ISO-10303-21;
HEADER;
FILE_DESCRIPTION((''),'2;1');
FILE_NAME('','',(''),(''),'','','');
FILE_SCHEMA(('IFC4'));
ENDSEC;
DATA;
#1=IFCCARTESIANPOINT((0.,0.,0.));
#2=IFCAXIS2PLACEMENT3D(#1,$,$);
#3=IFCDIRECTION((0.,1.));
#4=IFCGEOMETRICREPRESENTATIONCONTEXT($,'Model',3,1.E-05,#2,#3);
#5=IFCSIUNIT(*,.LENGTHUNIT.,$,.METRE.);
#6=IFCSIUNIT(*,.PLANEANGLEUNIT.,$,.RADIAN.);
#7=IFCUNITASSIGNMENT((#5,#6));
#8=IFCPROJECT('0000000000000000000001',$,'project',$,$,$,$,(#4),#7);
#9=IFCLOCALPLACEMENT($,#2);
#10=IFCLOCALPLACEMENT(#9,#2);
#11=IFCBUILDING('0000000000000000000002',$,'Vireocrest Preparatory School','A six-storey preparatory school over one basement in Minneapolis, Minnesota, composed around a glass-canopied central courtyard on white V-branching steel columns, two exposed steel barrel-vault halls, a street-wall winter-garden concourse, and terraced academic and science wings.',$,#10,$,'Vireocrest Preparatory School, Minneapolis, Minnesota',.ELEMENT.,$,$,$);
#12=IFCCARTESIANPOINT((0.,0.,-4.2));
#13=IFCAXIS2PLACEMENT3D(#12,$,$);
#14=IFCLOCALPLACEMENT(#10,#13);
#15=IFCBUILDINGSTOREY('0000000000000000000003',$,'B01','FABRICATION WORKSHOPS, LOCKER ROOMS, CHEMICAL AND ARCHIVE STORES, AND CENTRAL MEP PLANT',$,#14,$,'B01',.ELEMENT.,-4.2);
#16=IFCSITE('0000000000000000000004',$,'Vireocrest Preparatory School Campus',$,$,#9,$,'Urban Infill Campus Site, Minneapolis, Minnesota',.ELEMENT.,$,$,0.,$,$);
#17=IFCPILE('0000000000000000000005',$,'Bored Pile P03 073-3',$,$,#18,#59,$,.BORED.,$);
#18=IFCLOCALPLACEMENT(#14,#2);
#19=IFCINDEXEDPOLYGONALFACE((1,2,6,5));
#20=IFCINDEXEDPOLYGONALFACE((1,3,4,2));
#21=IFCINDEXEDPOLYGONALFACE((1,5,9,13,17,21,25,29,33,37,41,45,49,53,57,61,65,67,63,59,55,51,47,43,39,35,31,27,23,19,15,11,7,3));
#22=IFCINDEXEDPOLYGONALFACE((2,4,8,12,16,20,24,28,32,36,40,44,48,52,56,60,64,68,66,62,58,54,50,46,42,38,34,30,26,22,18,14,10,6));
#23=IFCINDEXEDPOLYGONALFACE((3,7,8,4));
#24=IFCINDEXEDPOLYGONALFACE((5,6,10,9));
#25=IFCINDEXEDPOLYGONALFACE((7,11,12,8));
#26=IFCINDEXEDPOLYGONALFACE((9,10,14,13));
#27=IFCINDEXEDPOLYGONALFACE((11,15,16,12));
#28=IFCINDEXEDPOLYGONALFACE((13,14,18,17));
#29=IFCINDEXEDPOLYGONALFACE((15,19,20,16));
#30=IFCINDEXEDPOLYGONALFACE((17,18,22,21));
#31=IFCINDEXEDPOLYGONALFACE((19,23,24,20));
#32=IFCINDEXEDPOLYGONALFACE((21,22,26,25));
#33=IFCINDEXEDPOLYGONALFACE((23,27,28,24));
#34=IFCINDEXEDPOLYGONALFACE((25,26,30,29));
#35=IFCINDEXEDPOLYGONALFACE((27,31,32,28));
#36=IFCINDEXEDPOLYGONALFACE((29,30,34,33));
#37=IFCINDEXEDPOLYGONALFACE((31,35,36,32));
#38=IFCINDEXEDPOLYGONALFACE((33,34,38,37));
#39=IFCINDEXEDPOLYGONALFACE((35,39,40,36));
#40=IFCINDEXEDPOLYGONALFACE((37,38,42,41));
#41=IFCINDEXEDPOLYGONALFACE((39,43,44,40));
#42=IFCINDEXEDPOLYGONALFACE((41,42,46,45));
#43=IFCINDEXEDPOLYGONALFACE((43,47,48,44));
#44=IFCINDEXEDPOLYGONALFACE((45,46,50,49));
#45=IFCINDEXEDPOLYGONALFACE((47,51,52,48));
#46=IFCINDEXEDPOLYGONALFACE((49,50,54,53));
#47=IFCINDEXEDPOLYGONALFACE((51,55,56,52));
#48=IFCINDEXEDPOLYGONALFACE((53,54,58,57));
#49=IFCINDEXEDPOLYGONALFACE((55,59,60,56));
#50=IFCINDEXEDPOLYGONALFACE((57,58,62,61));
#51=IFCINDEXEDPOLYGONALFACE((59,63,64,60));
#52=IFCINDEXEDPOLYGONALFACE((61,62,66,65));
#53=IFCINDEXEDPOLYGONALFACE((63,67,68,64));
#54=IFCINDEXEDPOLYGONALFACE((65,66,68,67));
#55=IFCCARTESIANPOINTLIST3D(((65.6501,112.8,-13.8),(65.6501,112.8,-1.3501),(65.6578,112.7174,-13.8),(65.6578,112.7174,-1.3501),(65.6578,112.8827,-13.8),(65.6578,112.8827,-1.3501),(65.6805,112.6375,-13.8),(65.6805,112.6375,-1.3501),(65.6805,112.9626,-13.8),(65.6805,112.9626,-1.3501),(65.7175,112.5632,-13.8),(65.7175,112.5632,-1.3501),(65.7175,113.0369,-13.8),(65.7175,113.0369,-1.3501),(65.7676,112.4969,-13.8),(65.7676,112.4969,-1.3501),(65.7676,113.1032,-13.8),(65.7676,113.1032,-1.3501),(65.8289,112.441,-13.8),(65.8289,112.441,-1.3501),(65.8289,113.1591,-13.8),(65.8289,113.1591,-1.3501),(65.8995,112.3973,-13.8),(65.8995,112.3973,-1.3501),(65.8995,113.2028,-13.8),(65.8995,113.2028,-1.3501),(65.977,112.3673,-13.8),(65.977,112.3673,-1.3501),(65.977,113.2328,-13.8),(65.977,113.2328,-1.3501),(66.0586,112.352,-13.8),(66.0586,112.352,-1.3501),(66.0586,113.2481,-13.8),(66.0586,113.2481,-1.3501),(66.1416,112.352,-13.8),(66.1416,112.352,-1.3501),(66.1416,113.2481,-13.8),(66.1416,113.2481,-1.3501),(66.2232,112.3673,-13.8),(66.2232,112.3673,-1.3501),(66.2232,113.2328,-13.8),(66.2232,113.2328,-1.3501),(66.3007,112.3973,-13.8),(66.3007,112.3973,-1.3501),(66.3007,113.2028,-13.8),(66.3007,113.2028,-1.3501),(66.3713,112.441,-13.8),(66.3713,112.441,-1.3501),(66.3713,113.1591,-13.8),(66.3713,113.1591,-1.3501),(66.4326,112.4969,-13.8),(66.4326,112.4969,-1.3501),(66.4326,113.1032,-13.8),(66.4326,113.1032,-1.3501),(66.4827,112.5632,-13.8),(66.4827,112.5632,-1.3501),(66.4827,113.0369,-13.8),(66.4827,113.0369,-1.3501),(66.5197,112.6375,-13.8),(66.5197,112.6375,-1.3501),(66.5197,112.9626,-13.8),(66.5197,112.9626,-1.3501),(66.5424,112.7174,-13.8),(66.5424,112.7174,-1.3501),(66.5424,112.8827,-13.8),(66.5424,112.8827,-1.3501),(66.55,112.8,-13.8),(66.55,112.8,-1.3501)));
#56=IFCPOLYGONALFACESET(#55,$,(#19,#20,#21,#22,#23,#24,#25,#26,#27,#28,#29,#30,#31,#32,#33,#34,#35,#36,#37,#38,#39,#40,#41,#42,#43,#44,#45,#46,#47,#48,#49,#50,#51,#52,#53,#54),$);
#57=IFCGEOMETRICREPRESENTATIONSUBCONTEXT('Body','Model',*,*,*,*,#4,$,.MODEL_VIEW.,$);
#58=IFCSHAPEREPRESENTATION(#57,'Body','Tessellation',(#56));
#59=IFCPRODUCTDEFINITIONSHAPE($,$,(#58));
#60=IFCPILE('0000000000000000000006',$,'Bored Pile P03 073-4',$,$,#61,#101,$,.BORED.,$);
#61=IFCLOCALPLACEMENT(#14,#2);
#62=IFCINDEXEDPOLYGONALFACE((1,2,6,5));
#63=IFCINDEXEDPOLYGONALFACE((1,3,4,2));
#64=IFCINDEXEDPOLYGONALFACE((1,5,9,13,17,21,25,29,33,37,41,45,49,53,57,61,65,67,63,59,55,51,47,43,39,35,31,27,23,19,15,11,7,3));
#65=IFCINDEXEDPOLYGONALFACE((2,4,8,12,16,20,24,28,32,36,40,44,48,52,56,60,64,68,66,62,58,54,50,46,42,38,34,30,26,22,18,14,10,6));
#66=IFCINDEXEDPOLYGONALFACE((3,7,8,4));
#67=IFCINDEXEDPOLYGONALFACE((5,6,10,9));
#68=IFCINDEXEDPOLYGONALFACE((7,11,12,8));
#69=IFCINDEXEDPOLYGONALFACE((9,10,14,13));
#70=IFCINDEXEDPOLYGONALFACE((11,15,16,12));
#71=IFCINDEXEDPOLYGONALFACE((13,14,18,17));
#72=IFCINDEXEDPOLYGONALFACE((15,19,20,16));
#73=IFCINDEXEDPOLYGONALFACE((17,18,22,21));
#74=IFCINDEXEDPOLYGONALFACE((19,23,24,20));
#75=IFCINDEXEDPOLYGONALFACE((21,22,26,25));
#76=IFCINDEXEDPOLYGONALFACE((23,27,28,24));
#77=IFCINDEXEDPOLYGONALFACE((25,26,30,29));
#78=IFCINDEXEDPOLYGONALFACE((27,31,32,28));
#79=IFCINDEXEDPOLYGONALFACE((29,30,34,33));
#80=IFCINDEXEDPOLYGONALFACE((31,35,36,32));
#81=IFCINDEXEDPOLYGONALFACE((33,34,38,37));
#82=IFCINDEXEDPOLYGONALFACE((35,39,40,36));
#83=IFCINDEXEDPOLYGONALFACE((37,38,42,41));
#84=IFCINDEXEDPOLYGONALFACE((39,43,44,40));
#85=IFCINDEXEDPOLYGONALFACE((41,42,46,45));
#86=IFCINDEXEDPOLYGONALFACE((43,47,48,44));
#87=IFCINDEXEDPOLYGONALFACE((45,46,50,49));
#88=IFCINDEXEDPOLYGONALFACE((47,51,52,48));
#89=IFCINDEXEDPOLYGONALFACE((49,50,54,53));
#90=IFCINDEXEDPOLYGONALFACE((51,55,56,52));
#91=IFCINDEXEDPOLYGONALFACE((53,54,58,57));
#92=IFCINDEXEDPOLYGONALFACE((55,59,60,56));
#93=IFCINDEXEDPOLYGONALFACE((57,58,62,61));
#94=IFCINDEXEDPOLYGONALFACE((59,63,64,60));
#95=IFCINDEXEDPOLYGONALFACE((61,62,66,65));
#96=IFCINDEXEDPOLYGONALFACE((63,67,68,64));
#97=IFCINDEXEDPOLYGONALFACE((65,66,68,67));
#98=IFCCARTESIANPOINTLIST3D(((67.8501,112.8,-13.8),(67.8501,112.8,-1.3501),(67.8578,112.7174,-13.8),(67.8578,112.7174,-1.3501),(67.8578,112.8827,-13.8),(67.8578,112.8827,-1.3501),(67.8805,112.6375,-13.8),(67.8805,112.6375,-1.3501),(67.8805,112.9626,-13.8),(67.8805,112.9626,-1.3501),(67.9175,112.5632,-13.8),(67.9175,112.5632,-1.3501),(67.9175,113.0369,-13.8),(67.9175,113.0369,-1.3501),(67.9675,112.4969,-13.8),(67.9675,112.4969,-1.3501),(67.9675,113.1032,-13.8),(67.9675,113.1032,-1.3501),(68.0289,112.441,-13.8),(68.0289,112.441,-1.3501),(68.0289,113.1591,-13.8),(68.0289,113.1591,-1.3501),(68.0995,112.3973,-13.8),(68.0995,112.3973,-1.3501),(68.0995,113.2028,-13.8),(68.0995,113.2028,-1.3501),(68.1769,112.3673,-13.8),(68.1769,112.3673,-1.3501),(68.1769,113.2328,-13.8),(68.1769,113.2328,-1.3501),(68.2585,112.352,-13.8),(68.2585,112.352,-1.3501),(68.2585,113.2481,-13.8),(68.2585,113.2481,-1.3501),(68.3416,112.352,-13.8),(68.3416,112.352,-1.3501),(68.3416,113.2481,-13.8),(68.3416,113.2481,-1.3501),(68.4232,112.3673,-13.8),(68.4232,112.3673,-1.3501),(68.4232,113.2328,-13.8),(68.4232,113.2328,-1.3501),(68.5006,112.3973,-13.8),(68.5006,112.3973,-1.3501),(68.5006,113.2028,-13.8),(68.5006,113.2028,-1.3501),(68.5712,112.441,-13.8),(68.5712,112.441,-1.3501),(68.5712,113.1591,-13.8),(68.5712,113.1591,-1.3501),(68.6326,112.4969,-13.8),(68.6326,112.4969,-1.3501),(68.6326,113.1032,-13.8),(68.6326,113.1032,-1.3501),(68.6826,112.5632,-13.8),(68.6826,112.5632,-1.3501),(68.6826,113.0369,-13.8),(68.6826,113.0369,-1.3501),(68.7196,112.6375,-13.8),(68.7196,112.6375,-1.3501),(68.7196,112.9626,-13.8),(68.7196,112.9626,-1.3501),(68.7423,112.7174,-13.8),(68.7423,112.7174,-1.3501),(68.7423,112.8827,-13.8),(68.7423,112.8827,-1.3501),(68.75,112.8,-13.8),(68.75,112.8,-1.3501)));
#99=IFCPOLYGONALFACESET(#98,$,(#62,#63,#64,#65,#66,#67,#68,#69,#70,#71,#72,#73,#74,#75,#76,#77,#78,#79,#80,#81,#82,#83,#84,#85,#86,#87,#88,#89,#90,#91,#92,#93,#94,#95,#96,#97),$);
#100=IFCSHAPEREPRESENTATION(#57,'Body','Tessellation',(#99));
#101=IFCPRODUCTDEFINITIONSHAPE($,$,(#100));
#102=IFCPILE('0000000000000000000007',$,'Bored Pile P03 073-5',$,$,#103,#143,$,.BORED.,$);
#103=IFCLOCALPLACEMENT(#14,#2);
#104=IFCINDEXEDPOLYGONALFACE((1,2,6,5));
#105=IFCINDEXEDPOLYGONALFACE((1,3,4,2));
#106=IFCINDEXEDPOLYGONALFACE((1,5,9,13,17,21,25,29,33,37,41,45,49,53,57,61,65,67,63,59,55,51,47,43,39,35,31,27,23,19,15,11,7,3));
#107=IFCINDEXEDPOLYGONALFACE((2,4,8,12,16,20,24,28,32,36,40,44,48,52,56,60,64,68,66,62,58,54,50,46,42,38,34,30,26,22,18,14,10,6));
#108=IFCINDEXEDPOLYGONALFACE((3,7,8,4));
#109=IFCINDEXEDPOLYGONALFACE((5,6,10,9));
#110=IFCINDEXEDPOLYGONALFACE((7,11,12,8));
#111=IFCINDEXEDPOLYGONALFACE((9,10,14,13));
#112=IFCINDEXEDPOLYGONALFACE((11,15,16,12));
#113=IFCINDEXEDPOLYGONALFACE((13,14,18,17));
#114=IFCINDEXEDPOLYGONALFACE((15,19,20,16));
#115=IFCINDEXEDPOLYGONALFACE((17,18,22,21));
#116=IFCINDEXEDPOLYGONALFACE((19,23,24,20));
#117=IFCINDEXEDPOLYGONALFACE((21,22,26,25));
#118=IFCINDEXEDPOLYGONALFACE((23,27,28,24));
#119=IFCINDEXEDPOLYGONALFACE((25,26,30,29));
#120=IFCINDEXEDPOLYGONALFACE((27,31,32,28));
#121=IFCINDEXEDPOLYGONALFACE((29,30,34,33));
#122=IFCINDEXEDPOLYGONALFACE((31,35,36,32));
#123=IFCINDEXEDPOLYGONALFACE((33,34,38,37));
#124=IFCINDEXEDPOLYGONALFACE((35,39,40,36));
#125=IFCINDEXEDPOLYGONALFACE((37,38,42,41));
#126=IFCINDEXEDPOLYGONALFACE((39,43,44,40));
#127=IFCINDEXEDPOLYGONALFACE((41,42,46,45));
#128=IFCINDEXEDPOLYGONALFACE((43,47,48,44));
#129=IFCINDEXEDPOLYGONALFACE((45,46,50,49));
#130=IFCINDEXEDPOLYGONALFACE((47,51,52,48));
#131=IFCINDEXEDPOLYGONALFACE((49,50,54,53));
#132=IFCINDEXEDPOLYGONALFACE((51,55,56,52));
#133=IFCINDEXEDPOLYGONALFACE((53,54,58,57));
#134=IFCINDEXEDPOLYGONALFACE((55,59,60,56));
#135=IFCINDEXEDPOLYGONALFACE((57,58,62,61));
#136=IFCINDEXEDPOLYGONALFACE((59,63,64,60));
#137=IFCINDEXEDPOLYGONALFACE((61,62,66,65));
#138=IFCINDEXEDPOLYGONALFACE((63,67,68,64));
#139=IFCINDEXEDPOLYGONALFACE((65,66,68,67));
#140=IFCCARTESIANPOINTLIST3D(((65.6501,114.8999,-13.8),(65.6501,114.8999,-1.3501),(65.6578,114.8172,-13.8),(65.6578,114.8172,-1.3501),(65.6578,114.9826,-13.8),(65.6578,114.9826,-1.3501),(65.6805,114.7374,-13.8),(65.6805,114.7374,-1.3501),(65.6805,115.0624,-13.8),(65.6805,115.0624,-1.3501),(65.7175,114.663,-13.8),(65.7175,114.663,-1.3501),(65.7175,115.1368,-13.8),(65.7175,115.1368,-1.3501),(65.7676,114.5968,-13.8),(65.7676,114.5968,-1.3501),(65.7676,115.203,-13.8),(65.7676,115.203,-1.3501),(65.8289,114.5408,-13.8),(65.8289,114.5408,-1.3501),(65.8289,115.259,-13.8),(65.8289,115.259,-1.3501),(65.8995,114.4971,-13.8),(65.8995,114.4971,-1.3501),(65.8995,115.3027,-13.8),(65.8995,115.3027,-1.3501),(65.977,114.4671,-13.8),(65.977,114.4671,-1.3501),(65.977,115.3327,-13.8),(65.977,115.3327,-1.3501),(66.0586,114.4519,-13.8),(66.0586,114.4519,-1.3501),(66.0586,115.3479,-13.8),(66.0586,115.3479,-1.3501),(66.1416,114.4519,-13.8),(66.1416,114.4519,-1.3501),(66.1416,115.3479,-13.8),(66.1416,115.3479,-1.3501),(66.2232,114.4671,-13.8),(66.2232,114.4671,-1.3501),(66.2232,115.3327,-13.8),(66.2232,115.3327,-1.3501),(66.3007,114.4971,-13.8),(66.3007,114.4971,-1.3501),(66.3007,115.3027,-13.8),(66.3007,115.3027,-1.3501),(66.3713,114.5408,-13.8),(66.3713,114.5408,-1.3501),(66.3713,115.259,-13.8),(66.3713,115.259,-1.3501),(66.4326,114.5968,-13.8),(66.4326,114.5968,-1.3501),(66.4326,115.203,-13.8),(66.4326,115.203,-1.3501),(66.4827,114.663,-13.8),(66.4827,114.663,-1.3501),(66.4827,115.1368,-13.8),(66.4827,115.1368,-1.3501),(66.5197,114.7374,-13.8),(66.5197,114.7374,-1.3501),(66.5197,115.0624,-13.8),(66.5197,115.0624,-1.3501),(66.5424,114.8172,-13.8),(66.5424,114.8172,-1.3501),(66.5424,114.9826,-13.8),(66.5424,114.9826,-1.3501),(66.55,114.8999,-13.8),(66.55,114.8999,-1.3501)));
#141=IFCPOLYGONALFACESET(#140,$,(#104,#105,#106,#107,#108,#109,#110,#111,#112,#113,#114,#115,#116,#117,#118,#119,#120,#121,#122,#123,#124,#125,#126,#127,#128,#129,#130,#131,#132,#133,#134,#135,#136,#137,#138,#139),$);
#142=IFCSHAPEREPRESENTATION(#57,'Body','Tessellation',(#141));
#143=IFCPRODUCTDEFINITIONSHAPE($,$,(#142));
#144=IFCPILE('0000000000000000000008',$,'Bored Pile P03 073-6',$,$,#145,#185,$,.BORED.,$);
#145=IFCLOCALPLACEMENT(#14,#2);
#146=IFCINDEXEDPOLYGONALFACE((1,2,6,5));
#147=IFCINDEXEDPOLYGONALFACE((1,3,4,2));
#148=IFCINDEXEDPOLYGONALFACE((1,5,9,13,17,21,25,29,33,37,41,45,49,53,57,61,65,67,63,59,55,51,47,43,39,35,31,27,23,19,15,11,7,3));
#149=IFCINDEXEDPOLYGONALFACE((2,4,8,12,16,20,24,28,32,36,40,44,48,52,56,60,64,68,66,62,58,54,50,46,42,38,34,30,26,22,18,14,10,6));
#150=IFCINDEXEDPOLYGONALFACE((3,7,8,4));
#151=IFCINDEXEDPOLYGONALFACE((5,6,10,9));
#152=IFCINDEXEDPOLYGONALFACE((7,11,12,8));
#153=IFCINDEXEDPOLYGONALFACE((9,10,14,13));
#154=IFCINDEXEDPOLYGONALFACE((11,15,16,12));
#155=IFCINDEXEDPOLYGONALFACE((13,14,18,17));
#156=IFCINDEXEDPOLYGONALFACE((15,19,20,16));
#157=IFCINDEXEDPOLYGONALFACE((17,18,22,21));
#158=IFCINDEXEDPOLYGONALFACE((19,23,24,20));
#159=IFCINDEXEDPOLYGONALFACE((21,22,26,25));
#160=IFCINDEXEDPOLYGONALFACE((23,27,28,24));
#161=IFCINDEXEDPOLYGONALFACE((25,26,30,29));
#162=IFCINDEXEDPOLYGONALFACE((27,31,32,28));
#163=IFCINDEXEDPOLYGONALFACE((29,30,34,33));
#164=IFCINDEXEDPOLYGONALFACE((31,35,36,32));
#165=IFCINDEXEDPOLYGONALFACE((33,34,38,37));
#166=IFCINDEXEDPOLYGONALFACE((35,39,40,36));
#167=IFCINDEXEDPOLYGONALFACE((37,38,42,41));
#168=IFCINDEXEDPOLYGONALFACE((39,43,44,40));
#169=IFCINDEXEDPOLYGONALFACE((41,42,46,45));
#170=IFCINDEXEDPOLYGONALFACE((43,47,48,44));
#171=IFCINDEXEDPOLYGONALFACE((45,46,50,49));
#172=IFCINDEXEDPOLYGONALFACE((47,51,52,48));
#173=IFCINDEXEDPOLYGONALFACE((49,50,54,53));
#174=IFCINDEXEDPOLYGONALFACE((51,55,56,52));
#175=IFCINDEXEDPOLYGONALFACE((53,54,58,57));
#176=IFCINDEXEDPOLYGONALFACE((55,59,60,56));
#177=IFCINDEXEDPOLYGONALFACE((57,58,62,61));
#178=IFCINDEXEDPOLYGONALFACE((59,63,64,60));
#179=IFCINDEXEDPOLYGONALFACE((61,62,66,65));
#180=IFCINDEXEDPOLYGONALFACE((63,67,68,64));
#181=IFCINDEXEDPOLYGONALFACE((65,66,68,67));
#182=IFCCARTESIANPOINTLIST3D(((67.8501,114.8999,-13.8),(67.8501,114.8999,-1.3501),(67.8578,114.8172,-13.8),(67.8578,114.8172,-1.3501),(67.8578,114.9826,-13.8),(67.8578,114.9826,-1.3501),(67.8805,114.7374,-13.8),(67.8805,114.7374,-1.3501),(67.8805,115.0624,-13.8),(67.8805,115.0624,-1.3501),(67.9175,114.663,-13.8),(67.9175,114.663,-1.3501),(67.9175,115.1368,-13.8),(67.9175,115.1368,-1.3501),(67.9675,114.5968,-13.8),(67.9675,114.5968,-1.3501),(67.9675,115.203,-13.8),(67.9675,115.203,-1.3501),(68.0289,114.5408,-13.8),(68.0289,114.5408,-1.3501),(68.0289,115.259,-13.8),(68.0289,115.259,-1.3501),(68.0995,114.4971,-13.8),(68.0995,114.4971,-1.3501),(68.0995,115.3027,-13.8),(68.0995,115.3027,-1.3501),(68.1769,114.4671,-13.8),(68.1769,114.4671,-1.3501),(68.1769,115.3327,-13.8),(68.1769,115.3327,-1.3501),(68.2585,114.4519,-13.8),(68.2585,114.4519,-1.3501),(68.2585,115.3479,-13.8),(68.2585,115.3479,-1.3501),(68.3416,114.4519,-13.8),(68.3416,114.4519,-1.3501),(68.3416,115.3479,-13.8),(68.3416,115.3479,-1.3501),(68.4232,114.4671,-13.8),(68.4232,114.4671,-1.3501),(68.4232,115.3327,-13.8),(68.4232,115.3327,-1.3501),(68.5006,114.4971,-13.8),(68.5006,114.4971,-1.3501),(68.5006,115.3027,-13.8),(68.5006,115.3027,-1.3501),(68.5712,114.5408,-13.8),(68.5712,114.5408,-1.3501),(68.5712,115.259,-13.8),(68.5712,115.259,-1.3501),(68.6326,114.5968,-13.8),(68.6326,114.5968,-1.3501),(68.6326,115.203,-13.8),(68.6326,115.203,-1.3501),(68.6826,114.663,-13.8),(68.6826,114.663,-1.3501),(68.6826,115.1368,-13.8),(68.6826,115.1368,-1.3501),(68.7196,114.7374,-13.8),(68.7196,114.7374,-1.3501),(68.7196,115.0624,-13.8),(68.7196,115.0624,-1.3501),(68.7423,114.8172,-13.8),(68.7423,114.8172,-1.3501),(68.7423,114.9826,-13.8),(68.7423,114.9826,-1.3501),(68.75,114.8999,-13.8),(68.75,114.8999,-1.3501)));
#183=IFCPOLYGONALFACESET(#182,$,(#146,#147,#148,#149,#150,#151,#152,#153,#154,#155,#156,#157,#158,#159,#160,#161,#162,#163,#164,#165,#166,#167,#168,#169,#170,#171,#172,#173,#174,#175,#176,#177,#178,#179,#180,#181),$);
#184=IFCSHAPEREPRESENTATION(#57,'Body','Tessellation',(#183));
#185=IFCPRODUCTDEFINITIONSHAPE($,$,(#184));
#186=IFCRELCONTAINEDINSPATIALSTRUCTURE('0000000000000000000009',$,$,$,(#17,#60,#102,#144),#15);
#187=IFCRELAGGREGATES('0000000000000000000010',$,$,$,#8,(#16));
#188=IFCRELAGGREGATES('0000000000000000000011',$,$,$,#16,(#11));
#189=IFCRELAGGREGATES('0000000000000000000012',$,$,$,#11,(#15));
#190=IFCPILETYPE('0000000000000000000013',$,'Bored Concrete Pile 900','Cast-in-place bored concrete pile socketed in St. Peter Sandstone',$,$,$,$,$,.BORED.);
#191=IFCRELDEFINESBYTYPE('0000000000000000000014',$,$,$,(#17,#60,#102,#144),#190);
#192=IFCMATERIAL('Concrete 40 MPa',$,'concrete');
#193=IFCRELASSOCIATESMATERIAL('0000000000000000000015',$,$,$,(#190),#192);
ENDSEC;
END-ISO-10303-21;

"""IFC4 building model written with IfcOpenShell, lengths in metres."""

from ifc_helpers import new_model, si_unit, direction, frame, origin, origin_2d, place, context, subcontext, project, spatial, circle, extrude, material, material_profile, profile_set, type_object, element, save


model = new_model("IFC4")

# Units and contexts
model_context = context("Model", 3, precision=1e-05, world=origin(), true_north=direction((0.0, 1.0)))
body_context = subcontext(model_context, "Body", "Model", "MODEL_VIEW")
ifc_project = project(units=[si_unit("LENGTHUNIT", "METRE"), si_unit("PLANEANGLEUNIT", "RADIAN")], contexts=[model_context])

# Site, building, storey
site_placement = place(None, origin())
site = spatial("IfcSite", under=ifc_project, at=site_placement, Name="Vireocrest Preparatory School Campus", LongName="Urban Infill Campus Site, Minneapolis, Minnesota", CompositionType="ELEMENT", RefElevation=0.0)
building_placement = place(site_placement, origin())
building = spatial("IfcBuilding", under=site, at=building_placement, Name="Vireocrest Preparatory School", Description="A six-storey preparatory school over one basement in Minneapolis, Minnesota, composed around a glass-canopied central courtyard on white V-branching steel columns, two exposed steel barrel-vault halls, a street-wall winter-garden concourse, and terraced academic and science wings.", LongName="Vireocrest Preparatory School, Minneapolis, Minnesota", CompositionType="ELEMENT")
storey_placement = place(building_placement, frame((0.0, 0.0, -4.2)))
storey = spatial("IfcBuildingStorey", under=building, at=storey_placement, Name="B01", Description="FABRICATION WORKSHOPS, LOCKER ROOMS, CHEMICAL AND ARCHIVE STORES, AND CENTRAL MEP PLANT", LongName="B01", CompositionType="ELEMENT", Elevation=-4.2)

# Piles
ifc_material_1 = material(Name="Concrete 40 MPa", Category="concrete")
ifc_material_profile_1 = material_profile(ifc_material_1, circle(Radius=0.45, at=origin_2d()), Name="BORED PILE 900")
ifc_profile_set_1 = profile_set([ifc_material_profile_1], Name="Concrete 40 MPa")
pile_type = type_object("IfcPileType", Name="Bored Concrete Pile 900", Description="Cast-in-place bored concrete pile socketed in St. Peter Sandstone", PredefinedType="BORED", material=ifc_profile_set_1)
for number, where, z_axis, x_axis, name in (
    (1, (66.1001, 112.8, -1.3501), (0.0, 0.0, -1.0), (1.0, 0.0, 0.0), "Bored Pile P03 073-3"),
    (2, (68.3, 112.8, -1.3501), (0.0, 0.0, -1.0), (1.0, 0.0, 0.0), "Bored Pile P03 073-4"),
    (3, (66.1001, 114.8999, -1.3501), (0.0, 0.0, -1.0), (1.0, 0.0, 0.0), "Bored Pile P03 073-5"),
    (4, (68.3, 114.8999, -1.3501), (0.0, 0.0, -1.0), (1.0, 0.0, 0.0), "Bored Pile P03 073-6"),
):
    element("IfcPile", number, at=place(storey_placement, frame(where, z_axis=z_axis, x_axis=x_axis)), inside=storey, type_object=pile_type, Name=name, PredefinedType="BORED", context=body_context, shape_type="SweptSolid", body=[
        extrude(circle(Radius=0.45, at=origin_2d()), origin(), (0.0, 0.0, 1.0), 12.45),
    ])

save(model, "model.ifc")
